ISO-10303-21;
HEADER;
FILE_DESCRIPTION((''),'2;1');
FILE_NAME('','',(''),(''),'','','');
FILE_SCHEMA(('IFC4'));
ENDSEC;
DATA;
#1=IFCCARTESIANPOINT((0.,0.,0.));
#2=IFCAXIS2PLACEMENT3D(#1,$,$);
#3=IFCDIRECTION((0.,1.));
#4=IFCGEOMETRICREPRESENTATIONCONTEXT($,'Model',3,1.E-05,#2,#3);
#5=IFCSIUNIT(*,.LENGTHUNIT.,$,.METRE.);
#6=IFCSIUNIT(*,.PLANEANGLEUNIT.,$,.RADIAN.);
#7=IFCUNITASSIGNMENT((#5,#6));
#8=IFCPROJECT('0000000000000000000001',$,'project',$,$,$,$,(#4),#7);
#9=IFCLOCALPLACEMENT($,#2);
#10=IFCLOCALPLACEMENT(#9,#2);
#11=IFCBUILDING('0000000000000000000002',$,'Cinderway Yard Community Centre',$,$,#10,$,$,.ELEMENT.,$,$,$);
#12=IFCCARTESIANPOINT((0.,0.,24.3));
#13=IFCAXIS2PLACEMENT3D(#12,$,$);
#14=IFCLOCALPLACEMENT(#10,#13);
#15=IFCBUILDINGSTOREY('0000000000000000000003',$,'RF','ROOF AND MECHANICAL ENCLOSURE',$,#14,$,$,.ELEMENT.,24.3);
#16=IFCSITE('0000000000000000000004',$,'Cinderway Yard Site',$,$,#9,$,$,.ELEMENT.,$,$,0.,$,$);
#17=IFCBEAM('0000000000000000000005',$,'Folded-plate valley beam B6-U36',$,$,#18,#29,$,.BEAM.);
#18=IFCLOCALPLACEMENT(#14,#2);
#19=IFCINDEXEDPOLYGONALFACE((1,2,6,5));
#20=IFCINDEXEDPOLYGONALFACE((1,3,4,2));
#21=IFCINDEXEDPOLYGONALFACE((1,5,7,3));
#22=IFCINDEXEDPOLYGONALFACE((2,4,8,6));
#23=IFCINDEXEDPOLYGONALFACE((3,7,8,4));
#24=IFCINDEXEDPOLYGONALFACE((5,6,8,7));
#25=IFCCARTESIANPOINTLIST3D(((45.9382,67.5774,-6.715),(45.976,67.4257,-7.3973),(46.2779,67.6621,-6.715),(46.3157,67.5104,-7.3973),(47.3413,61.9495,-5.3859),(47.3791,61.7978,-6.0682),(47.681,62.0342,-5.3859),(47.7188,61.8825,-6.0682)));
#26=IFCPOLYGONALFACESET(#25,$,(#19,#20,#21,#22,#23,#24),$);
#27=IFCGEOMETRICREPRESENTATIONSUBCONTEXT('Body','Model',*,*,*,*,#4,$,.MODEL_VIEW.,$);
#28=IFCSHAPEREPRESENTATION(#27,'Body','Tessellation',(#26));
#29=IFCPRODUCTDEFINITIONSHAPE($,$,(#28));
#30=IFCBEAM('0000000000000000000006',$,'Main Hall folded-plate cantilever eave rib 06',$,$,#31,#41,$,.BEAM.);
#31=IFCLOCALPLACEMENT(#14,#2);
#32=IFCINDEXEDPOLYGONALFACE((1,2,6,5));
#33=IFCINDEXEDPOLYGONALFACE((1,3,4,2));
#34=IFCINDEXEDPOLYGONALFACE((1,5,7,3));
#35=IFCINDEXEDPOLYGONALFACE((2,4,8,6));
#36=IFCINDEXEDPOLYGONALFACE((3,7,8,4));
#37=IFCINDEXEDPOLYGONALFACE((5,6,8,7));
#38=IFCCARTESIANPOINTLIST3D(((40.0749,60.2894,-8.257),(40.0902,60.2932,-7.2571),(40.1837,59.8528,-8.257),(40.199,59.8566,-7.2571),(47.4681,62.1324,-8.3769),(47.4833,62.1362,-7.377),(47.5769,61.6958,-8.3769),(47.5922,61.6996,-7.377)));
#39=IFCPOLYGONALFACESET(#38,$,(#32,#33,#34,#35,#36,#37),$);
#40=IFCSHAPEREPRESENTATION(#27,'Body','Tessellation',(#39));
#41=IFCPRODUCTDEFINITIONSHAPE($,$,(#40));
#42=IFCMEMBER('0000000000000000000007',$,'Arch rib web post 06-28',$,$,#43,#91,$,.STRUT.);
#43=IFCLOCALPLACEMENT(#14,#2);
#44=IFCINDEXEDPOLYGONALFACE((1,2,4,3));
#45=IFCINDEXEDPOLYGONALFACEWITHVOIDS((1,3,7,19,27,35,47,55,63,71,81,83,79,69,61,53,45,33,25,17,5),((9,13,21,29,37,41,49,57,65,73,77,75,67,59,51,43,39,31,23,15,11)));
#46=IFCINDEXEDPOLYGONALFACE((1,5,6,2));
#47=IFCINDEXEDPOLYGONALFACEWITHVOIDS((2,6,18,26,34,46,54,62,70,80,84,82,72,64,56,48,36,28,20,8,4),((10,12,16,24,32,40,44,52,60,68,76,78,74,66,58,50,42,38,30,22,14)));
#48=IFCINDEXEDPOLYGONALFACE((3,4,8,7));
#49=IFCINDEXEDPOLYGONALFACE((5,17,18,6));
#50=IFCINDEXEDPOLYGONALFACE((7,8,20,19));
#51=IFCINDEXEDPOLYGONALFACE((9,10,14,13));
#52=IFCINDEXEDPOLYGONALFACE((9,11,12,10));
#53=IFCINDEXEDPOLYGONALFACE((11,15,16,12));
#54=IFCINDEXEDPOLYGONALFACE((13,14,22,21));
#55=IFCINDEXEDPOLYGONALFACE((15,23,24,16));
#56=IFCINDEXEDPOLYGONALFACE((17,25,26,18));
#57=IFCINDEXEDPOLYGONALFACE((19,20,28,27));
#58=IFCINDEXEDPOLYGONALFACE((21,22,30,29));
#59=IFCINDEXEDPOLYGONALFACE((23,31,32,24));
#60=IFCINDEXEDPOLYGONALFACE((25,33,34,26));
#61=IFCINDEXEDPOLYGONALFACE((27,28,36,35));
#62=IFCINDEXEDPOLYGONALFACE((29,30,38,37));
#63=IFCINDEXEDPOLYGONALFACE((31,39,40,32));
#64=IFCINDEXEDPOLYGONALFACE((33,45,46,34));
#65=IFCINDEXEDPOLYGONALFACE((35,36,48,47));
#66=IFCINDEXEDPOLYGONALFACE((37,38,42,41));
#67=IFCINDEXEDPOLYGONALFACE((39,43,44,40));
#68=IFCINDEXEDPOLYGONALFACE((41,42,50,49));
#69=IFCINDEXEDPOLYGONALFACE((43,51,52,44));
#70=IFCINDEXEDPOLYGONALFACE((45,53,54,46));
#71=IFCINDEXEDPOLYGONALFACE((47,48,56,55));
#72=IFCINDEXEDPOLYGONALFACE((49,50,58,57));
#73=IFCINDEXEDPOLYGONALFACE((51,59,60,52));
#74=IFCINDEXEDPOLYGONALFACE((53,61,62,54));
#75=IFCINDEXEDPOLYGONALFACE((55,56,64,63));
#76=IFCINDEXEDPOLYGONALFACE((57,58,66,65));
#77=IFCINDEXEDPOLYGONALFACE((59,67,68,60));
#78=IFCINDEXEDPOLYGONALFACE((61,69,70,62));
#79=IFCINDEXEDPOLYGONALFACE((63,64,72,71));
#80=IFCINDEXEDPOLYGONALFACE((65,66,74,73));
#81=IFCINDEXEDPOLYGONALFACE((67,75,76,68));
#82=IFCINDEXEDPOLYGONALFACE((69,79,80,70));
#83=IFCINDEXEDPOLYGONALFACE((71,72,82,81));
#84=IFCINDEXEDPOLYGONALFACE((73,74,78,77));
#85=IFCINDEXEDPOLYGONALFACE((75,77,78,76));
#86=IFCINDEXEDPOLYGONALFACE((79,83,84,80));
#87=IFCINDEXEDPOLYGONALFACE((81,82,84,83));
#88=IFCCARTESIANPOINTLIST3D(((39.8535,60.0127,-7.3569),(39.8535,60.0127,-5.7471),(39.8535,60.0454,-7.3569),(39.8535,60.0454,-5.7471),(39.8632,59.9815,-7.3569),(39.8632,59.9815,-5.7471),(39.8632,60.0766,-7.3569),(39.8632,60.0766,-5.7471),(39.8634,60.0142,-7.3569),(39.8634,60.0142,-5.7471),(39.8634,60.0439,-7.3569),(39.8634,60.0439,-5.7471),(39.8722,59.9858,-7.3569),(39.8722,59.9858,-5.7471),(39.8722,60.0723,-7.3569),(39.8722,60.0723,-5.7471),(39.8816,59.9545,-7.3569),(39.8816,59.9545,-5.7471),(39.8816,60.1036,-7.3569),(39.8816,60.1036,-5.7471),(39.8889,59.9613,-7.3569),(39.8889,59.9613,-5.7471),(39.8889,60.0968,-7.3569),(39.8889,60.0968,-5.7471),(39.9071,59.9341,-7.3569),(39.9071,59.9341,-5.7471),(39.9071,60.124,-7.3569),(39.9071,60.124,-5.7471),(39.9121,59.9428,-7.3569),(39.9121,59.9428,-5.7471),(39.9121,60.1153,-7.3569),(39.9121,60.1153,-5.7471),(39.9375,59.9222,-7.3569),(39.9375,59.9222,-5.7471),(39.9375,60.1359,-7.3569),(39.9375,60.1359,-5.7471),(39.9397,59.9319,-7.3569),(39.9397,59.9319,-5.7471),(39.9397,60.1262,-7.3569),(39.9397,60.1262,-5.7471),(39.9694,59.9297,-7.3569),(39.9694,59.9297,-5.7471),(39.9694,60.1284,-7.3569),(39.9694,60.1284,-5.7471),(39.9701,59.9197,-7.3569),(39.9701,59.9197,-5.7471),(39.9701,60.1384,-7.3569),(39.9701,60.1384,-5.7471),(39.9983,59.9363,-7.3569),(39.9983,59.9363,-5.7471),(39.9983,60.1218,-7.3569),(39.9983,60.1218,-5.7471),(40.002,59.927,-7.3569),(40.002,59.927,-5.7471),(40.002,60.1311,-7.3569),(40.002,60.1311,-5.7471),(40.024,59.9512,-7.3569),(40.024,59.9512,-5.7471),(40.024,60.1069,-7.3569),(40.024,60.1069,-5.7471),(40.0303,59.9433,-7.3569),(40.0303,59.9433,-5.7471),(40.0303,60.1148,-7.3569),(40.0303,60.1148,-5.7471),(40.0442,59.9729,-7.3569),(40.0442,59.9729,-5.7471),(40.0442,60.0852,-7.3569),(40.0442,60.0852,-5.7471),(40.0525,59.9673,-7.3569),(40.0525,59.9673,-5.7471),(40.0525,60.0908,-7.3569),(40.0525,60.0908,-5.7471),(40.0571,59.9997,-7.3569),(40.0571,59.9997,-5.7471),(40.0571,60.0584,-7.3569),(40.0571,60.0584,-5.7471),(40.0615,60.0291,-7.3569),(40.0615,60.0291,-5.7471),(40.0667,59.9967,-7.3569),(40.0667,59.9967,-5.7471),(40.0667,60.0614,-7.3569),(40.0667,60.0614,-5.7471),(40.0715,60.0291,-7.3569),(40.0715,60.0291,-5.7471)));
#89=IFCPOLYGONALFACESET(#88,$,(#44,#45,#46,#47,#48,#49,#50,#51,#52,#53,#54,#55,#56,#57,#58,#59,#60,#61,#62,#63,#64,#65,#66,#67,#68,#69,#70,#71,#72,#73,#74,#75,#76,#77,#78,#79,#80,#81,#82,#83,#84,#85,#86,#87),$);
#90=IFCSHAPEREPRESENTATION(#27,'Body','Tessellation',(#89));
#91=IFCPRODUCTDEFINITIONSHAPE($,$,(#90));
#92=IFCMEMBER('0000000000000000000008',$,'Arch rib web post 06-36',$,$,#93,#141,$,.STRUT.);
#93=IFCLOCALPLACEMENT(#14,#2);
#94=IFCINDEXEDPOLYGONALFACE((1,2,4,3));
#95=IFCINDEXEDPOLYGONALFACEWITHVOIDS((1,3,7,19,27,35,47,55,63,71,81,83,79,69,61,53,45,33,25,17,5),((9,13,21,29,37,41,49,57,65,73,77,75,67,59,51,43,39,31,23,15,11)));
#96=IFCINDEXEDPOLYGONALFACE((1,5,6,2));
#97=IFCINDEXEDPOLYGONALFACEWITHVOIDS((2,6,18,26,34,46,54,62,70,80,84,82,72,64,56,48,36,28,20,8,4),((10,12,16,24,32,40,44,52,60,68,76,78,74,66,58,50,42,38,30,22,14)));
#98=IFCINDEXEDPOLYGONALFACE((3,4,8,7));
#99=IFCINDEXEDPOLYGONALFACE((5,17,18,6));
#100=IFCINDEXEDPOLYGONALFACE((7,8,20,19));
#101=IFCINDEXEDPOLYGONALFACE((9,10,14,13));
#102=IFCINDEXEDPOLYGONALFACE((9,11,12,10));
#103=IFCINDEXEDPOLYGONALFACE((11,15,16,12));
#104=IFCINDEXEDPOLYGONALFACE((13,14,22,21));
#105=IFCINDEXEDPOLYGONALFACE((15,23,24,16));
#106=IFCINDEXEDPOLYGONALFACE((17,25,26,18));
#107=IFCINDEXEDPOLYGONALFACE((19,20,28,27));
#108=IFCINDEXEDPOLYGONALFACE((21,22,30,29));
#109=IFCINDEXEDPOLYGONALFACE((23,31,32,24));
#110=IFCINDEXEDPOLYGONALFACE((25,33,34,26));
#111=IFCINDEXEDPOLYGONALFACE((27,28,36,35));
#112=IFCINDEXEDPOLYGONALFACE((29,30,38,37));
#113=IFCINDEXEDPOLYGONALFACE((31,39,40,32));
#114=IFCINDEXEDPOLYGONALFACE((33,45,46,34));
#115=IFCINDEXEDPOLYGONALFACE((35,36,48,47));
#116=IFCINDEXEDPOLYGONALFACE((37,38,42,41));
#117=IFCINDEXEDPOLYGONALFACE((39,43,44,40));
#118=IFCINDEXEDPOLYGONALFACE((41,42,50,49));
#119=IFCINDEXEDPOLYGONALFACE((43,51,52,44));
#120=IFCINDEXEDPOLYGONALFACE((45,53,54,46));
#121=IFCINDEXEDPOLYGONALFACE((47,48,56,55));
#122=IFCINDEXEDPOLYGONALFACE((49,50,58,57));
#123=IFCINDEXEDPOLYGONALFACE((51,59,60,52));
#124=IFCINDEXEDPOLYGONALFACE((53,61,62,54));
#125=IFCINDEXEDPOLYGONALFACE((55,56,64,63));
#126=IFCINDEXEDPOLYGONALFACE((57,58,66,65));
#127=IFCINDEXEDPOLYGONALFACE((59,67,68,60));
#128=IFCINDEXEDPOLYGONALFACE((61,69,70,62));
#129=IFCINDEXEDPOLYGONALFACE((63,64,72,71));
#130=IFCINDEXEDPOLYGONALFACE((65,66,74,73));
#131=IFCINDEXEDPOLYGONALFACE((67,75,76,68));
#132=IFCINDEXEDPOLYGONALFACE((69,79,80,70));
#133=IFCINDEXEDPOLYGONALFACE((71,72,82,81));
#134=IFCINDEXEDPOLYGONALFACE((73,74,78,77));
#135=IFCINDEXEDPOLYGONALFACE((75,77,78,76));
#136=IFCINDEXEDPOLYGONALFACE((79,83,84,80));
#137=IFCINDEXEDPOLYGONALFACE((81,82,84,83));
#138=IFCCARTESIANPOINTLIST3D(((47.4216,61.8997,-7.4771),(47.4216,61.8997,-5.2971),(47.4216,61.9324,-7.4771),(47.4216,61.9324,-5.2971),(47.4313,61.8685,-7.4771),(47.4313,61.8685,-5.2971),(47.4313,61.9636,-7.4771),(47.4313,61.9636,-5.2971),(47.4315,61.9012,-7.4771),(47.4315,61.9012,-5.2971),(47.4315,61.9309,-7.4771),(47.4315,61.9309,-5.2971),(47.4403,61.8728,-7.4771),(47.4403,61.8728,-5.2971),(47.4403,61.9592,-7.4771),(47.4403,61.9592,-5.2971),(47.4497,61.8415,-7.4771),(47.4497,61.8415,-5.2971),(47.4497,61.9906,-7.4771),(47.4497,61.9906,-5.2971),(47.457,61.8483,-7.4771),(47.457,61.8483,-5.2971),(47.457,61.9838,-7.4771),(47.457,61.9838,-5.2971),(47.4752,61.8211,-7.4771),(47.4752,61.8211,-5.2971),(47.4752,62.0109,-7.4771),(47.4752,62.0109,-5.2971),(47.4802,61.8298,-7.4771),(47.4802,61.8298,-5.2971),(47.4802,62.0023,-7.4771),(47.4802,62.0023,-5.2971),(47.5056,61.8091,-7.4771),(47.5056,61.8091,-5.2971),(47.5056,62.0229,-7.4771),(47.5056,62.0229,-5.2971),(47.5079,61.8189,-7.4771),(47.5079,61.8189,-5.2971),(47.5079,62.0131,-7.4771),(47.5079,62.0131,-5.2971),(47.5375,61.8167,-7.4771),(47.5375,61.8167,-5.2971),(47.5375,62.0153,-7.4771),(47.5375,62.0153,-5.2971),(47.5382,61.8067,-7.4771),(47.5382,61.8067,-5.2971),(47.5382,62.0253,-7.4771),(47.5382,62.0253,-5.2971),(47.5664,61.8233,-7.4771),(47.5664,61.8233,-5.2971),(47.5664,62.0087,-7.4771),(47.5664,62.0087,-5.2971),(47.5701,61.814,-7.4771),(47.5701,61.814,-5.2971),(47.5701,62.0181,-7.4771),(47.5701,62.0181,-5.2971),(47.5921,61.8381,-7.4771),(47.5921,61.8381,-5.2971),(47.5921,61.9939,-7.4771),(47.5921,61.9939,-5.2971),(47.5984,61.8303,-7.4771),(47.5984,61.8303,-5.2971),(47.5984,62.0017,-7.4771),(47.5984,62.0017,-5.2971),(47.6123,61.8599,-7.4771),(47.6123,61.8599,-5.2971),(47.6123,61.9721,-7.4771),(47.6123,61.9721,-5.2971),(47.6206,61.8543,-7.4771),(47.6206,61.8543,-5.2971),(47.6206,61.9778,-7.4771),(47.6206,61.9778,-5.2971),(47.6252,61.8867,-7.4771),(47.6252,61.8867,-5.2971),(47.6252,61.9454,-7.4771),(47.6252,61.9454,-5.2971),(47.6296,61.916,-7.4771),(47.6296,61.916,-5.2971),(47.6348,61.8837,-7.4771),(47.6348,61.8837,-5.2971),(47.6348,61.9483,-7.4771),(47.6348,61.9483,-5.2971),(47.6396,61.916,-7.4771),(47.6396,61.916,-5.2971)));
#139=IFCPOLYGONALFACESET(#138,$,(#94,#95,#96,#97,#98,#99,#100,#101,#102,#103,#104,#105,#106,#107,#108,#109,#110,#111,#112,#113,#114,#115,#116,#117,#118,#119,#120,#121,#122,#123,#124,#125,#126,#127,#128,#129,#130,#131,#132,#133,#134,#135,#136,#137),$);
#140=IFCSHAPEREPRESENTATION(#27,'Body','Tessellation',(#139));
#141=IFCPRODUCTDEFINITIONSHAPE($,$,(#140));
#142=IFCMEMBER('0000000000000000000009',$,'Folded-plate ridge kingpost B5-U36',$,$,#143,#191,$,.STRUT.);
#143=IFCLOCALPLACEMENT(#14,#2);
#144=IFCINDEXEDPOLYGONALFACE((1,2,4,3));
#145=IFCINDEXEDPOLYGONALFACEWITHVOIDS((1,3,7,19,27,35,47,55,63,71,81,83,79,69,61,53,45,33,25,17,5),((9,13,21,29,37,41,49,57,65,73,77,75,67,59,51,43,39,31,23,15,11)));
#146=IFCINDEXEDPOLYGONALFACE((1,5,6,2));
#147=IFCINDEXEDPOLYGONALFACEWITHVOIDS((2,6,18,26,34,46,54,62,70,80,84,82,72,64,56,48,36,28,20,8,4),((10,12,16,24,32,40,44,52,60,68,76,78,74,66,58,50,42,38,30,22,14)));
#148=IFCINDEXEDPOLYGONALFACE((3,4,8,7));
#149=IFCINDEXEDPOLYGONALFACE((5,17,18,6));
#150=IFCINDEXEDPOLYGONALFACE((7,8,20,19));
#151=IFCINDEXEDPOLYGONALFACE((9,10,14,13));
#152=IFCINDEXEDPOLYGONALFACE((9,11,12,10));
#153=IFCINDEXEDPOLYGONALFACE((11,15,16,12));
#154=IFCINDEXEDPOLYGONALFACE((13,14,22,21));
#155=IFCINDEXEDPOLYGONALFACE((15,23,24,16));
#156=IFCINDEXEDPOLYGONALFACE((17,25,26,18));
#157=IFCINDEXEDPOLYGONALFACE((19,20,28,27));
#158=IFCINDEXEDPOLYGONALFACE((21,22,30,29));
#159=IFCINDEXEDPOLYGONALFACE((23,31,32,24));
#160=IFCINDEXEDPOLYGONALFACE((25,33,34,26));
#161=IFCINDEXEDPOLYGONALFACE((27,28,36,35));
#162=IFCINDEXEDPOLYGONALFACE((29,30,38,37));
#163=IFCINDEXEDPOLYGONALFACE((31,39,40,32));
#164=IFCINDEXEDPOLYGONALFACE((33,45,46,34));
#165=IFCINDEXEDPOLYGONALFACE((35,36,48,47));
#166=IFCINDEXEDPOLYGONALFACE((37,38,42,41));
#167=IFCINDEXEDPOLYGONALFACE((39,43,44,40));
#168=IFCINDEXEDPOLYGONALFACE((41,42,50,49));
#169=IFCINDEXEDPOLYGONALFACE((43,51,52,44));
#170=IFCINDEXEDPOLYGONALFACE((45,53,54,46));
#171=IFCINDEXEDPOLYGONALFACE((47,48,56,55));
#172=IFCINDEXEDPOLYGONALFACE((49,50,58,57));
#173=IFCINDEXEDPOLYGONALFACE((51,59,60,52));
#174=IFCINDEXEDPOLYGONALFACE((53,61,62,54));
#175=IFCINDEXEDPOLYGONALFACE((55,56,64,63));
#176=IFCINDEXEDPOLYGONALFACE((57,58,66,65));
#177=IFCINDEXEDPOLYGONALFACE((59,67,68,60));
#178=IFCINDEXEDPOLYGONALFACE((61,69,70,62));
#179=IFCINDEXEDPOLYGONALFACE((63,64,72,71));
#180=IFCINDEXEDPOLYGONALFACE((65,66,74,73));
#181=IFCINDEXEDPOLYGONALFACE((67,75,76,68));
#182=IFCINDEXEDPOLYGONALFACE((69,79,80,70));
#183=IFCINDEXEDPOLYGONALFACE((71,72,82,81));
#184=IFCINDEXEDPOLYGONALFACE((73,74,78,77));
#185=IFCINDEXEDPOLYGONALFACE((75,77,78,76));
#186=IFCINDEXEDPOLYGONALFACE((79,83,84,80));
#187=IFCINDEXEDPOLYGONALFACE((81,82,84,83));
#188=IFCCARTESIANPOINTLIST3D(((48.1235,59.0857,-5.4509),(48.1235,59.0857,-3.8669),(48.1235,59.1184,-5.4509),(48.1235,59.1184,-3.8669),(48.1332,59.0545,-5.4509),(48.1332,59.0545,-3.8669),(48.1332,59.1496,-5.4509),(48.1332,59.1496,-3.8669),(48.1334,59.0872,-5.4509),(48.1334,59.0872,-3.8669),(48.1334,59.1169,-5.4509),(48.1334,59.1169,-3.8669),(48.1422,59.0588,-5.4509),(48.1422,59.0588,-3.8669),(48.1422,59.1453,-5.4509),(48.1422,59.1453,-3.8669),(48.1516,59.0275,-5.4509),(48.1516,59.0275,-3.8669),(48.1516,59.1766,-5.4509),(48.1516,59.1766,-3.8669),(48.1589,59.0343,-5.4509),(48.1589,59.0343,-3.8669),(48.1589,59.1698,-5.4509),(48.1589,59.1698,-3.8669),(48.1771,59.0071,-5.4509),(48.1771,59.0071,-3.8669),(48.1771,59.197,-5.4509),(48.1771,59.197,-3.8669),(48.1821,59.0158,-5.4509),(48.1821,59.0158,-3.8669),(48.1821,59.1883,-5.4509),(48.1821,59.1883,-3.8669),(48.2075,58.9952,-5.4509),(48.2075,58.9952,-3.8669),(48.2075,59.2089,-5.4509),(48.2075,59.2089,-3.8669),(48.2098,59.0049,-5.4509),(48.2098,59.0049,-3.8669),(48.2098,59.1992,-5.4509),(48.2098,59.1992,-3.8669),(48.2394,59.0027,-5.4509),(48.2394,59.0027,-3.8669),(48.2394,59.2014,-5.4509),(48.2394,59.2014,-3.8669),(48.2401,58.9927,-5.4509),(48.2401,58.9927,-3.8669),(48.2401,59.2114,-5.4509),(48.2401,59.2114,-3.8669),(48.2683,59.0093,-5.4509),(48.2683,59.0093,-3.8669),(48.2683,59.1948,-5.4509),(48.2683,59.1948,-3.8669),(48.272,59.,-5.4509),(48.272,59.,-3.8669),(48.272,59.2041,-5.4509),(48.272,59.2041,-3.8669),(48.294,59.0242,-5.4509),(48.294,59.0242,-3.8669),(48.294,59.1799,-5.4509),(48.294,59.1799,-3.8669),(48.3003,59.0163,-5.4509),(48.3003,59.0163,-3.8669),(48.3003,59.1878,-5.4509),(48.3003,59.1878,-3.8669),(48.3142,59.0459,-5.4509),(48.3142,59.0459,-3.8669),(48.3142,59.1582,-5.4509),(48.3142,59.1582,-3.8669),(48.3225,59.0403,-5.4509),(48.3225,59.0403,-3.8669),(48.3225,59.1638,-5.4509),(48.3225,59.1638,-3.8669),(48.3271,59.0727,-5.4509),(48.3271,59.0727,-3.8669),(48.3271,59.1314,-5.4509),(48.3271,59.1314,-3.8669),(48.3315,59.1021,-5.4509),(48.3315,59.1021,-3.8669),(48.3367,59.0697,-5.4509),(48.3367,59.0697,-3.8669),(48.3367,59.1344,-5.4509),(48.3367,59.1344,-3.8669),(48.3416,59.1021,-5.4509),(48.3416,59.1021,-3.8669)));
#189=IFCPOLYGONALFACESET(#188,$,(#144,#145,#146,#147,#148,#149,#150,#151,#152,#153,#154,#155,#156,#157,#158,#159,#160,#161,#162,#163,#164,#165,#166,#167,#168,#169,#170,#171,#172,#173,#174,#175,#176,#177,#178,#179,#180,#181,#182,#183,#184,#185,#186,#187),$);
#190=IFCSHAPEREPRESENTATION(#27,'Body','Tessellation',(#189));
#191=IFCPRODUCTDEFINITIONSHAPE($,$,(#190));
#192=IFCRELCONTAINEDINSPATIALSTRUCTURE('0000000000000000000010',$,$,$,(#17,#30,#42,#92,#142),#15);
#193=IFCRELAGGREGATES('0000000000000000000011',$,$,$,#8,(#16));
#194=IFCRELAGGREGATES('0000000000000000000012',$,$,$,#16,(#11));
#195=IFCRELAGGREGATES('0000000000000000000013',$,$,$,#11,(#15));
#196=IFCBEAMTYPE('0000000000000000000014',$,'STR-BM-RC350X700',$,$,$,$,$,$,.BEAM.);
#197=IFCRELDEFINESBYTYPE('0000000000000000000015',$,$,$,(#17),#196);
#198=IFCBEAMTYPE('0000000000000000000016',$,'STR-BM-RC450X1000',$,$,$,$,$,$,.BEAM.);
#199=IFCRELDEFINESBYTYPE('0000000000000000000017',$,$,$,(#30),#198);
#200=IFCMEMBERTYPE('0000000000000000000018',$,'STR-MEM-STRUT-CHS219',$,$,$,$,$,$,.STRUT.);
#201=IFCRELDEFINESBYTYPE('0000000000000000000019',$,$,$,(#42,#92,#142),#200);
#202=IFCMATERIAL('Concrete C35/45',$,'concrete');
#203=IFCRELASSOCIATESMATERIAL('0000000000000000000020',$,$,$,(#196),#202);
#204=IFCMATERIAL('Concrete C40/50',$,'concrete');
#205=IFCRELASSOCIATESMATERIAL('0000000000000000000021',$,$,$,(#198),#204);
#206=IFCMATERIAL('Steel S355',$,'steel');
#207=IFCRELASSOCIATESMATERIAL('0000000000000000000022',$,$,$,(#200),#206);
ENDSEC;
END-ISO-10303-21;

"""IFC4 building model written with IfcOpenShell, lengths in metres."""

from ifc_helpers import new_model, si_unit, direction, frame, origin, origin_2d, place, context, subcontext, project, spatial, rectangle, hollow_circle, extrude, material, material_profile, profile_set, type_object, element, save


model = new_model("IFC4")

# Units and contexts
model_context = context("Model", 3, precision=1e-05, world=origin(), true_north=direction((0.0, 1.0)))
body_context = subcontext(model_context, "Body", "Model", "MODEL_VIEW")
ifc_project = project(units=[si_unit("LENGTHUNIT", "METRE"), si_unit("PLANEANGLEUNIT", "RADIAN")], contexts=[model_context])

# Site, building, storey
site_placement = place(None, origin())
site = spatial("IfcSite", under=ifc_project, at=site_placement, Name="Cinderway Yard Site", CompositionType="ELEMENT", RefElevation=0.0)
building_placement = place(site_placement, origin())
building = spatial("IfcBuilding", under=site, at=building_placement, Name="Cinderway Yard Community Centre", CompositionType="ELEMENT")
storey_placement = place(building_placement, frame((0.0, 0.0, 24.3)))
storey = spatial("IfcBuildingStorey", under=building, at=storey_placement, Name="RF", Description="ROOF AND MECHANICAL ENCLOSURE", CompositionType="ELEMENT", Elevation=24.3)

# Shared definitions
ifc_material_1 = material(Name="Steel S355", Category="steel")

# Beams
ifc_material_2 = material(Name="Concrete C35/45", Category="concrete")
ifc_material_profile_1 = material_profile(ifc_material_2, rectangle(XDim=0.3501, YDim=0.7, at=origin_2d()), Name="Concrete C35/45")
ifc_profile_set_1 = profile_set([ifc_material_profile_1], Name="Concrete C35/45")
beam_type_1 = type_object("IfcBeamType", Name="STR-BM-RC350X700", PredefinedType="BEAM", material=ifc_profile_set_1)
for number, where, z_axis, x_axis, name in (
    (1, (47.53, 61.916, -5.7271), (-0.23579, 0.945787, -0.223359), (-0.970301, -0.241902, 0.0), "Folded-plate valley beam B6-U36"),
):
    element("IfcBeam", number, at=place(storey_placement, frame(where, z_axis=z_axis, x_axis=x_axis)), inside=storey, type_object=beam_type_1, Name=name, PredefinedType="BEAM", context=body_context, shape_type="SweptSolid", body=[
        extrude(rectangle(XDim=0.3501, YDim=0.7, at=origin_2d()), origin(), (0.0, 0.0, 1.0), 5.9504),
    ])
ifc_material_3 = material(Name="Concrete C40/50", Category="concrete")
ifc_material_profile_2 = material_profile(ifc_material_3, rectangle(XDim=0.45, YDim=1.0, at=origin_2d()), Name="Concrete C40/50")
ifc_profile_set_2 = profile_set([ifc_material_profile_2], Name="Concrete C40/50")
beam_type_2 = type_object("IfcBeamType", Name="STR-BM-RC450X1000", PredefinedType="BEAM", material=ifc_profile_set_2)
beam_placement = place(storey_placement, frame((40.137, 60.073, -7.7571), z_axis=(0.970184, 0.241857, -0.015731), x_axis=(-0.241887, 0.970304, 0.0)))
element("IfcBeam", 2, at=beam_placement, inside=storey, type_object=beam_type_2, Name="Main Hall folded-plate cantilever eave rib 06", PredefinedType="BEAM", context=body_context, shape_type="SweptSolid", body=[
    extrude(rectangle(XDim=0.45, YDim=1.0, at=origin_2d()), origin(), (0.0, 0.0, 1.0), 7.6204),
])

# Members
ifc_material_profile_3 = material_profile(ifc_material_1, hollow_circle(Radius=0.1096, WallThickness=0.01, at=origin_2d()), Name="Steel S355")
ifc_profile_set_3 = profile_set([ifc_material_profile_3], Name="Steel S355")
member_type_1 = type_object("IfcMemberType", Name="STR-MEM-STRUT-CHS219", PredefinedType="STRUT", material=ifc_profile_set_3)
member_1_placement = place(storey_placement, frame((39.9619, 60.0291, -7.3569), z_axis=(0.0, 0.0, 1.0), x_axis=(1.0, 0.0, 0.0)))
element("IfcMember", 3, at=member_1_placement, inside=storey, type_object=member_type_1, Name="Arch rib web post 06-28", PredefinedType="STRUT", context=body_context, shape_type="SweptSolid", body=[
    extrude(hollow_circle(Radius=0.1096, WallThickness=0.01, at=origin_2d()), origin(), (0.0, 0.0, 1.0), 1.6099),
])
member_2_placement = place(storey_placement, frame((47.53, 61.916, -7.4771), z_axis=(0.0, 0.0, 1.0), x_axis=(1.0, 0.0, 0.0)))
element("IfcMember", 4, at=member_2_placement, inside=storey, type_object=member_type_1, Name="Arch rib web post 06-36", PredefinedType="STRUT", context=body_context, shape_type="SweptSolid", body=[
    extrude(hollow_circle(Radius=0.1096, WallThickness=0.01, at=origin_2d()), origin(), (0.0, 0.0, 1.0), 2.1799),
])
member_3_placement = place(storey_placement, frame((48.2319, 59.1021, -5.4509), z_axis=(0.0, 0.0, 1.0), x_axis=(1.0, 0.0, 0.0)))
element("IfcMember", 5, at=member_3_placement, inside=storey, type_object=member_type_1, Name="Folded-plate ridge kingpost B5-U36", PredefinedType="STRUT", context=body_context, shape_type="SweptSolid", body=[
    extrude(hollow_circle(Radius=0.1096, WallThickness=0.01, at=origin_2d()), origin(), (0.0, 0.0, 1.0), 1.584),
])

save(model, "model.ifc")
